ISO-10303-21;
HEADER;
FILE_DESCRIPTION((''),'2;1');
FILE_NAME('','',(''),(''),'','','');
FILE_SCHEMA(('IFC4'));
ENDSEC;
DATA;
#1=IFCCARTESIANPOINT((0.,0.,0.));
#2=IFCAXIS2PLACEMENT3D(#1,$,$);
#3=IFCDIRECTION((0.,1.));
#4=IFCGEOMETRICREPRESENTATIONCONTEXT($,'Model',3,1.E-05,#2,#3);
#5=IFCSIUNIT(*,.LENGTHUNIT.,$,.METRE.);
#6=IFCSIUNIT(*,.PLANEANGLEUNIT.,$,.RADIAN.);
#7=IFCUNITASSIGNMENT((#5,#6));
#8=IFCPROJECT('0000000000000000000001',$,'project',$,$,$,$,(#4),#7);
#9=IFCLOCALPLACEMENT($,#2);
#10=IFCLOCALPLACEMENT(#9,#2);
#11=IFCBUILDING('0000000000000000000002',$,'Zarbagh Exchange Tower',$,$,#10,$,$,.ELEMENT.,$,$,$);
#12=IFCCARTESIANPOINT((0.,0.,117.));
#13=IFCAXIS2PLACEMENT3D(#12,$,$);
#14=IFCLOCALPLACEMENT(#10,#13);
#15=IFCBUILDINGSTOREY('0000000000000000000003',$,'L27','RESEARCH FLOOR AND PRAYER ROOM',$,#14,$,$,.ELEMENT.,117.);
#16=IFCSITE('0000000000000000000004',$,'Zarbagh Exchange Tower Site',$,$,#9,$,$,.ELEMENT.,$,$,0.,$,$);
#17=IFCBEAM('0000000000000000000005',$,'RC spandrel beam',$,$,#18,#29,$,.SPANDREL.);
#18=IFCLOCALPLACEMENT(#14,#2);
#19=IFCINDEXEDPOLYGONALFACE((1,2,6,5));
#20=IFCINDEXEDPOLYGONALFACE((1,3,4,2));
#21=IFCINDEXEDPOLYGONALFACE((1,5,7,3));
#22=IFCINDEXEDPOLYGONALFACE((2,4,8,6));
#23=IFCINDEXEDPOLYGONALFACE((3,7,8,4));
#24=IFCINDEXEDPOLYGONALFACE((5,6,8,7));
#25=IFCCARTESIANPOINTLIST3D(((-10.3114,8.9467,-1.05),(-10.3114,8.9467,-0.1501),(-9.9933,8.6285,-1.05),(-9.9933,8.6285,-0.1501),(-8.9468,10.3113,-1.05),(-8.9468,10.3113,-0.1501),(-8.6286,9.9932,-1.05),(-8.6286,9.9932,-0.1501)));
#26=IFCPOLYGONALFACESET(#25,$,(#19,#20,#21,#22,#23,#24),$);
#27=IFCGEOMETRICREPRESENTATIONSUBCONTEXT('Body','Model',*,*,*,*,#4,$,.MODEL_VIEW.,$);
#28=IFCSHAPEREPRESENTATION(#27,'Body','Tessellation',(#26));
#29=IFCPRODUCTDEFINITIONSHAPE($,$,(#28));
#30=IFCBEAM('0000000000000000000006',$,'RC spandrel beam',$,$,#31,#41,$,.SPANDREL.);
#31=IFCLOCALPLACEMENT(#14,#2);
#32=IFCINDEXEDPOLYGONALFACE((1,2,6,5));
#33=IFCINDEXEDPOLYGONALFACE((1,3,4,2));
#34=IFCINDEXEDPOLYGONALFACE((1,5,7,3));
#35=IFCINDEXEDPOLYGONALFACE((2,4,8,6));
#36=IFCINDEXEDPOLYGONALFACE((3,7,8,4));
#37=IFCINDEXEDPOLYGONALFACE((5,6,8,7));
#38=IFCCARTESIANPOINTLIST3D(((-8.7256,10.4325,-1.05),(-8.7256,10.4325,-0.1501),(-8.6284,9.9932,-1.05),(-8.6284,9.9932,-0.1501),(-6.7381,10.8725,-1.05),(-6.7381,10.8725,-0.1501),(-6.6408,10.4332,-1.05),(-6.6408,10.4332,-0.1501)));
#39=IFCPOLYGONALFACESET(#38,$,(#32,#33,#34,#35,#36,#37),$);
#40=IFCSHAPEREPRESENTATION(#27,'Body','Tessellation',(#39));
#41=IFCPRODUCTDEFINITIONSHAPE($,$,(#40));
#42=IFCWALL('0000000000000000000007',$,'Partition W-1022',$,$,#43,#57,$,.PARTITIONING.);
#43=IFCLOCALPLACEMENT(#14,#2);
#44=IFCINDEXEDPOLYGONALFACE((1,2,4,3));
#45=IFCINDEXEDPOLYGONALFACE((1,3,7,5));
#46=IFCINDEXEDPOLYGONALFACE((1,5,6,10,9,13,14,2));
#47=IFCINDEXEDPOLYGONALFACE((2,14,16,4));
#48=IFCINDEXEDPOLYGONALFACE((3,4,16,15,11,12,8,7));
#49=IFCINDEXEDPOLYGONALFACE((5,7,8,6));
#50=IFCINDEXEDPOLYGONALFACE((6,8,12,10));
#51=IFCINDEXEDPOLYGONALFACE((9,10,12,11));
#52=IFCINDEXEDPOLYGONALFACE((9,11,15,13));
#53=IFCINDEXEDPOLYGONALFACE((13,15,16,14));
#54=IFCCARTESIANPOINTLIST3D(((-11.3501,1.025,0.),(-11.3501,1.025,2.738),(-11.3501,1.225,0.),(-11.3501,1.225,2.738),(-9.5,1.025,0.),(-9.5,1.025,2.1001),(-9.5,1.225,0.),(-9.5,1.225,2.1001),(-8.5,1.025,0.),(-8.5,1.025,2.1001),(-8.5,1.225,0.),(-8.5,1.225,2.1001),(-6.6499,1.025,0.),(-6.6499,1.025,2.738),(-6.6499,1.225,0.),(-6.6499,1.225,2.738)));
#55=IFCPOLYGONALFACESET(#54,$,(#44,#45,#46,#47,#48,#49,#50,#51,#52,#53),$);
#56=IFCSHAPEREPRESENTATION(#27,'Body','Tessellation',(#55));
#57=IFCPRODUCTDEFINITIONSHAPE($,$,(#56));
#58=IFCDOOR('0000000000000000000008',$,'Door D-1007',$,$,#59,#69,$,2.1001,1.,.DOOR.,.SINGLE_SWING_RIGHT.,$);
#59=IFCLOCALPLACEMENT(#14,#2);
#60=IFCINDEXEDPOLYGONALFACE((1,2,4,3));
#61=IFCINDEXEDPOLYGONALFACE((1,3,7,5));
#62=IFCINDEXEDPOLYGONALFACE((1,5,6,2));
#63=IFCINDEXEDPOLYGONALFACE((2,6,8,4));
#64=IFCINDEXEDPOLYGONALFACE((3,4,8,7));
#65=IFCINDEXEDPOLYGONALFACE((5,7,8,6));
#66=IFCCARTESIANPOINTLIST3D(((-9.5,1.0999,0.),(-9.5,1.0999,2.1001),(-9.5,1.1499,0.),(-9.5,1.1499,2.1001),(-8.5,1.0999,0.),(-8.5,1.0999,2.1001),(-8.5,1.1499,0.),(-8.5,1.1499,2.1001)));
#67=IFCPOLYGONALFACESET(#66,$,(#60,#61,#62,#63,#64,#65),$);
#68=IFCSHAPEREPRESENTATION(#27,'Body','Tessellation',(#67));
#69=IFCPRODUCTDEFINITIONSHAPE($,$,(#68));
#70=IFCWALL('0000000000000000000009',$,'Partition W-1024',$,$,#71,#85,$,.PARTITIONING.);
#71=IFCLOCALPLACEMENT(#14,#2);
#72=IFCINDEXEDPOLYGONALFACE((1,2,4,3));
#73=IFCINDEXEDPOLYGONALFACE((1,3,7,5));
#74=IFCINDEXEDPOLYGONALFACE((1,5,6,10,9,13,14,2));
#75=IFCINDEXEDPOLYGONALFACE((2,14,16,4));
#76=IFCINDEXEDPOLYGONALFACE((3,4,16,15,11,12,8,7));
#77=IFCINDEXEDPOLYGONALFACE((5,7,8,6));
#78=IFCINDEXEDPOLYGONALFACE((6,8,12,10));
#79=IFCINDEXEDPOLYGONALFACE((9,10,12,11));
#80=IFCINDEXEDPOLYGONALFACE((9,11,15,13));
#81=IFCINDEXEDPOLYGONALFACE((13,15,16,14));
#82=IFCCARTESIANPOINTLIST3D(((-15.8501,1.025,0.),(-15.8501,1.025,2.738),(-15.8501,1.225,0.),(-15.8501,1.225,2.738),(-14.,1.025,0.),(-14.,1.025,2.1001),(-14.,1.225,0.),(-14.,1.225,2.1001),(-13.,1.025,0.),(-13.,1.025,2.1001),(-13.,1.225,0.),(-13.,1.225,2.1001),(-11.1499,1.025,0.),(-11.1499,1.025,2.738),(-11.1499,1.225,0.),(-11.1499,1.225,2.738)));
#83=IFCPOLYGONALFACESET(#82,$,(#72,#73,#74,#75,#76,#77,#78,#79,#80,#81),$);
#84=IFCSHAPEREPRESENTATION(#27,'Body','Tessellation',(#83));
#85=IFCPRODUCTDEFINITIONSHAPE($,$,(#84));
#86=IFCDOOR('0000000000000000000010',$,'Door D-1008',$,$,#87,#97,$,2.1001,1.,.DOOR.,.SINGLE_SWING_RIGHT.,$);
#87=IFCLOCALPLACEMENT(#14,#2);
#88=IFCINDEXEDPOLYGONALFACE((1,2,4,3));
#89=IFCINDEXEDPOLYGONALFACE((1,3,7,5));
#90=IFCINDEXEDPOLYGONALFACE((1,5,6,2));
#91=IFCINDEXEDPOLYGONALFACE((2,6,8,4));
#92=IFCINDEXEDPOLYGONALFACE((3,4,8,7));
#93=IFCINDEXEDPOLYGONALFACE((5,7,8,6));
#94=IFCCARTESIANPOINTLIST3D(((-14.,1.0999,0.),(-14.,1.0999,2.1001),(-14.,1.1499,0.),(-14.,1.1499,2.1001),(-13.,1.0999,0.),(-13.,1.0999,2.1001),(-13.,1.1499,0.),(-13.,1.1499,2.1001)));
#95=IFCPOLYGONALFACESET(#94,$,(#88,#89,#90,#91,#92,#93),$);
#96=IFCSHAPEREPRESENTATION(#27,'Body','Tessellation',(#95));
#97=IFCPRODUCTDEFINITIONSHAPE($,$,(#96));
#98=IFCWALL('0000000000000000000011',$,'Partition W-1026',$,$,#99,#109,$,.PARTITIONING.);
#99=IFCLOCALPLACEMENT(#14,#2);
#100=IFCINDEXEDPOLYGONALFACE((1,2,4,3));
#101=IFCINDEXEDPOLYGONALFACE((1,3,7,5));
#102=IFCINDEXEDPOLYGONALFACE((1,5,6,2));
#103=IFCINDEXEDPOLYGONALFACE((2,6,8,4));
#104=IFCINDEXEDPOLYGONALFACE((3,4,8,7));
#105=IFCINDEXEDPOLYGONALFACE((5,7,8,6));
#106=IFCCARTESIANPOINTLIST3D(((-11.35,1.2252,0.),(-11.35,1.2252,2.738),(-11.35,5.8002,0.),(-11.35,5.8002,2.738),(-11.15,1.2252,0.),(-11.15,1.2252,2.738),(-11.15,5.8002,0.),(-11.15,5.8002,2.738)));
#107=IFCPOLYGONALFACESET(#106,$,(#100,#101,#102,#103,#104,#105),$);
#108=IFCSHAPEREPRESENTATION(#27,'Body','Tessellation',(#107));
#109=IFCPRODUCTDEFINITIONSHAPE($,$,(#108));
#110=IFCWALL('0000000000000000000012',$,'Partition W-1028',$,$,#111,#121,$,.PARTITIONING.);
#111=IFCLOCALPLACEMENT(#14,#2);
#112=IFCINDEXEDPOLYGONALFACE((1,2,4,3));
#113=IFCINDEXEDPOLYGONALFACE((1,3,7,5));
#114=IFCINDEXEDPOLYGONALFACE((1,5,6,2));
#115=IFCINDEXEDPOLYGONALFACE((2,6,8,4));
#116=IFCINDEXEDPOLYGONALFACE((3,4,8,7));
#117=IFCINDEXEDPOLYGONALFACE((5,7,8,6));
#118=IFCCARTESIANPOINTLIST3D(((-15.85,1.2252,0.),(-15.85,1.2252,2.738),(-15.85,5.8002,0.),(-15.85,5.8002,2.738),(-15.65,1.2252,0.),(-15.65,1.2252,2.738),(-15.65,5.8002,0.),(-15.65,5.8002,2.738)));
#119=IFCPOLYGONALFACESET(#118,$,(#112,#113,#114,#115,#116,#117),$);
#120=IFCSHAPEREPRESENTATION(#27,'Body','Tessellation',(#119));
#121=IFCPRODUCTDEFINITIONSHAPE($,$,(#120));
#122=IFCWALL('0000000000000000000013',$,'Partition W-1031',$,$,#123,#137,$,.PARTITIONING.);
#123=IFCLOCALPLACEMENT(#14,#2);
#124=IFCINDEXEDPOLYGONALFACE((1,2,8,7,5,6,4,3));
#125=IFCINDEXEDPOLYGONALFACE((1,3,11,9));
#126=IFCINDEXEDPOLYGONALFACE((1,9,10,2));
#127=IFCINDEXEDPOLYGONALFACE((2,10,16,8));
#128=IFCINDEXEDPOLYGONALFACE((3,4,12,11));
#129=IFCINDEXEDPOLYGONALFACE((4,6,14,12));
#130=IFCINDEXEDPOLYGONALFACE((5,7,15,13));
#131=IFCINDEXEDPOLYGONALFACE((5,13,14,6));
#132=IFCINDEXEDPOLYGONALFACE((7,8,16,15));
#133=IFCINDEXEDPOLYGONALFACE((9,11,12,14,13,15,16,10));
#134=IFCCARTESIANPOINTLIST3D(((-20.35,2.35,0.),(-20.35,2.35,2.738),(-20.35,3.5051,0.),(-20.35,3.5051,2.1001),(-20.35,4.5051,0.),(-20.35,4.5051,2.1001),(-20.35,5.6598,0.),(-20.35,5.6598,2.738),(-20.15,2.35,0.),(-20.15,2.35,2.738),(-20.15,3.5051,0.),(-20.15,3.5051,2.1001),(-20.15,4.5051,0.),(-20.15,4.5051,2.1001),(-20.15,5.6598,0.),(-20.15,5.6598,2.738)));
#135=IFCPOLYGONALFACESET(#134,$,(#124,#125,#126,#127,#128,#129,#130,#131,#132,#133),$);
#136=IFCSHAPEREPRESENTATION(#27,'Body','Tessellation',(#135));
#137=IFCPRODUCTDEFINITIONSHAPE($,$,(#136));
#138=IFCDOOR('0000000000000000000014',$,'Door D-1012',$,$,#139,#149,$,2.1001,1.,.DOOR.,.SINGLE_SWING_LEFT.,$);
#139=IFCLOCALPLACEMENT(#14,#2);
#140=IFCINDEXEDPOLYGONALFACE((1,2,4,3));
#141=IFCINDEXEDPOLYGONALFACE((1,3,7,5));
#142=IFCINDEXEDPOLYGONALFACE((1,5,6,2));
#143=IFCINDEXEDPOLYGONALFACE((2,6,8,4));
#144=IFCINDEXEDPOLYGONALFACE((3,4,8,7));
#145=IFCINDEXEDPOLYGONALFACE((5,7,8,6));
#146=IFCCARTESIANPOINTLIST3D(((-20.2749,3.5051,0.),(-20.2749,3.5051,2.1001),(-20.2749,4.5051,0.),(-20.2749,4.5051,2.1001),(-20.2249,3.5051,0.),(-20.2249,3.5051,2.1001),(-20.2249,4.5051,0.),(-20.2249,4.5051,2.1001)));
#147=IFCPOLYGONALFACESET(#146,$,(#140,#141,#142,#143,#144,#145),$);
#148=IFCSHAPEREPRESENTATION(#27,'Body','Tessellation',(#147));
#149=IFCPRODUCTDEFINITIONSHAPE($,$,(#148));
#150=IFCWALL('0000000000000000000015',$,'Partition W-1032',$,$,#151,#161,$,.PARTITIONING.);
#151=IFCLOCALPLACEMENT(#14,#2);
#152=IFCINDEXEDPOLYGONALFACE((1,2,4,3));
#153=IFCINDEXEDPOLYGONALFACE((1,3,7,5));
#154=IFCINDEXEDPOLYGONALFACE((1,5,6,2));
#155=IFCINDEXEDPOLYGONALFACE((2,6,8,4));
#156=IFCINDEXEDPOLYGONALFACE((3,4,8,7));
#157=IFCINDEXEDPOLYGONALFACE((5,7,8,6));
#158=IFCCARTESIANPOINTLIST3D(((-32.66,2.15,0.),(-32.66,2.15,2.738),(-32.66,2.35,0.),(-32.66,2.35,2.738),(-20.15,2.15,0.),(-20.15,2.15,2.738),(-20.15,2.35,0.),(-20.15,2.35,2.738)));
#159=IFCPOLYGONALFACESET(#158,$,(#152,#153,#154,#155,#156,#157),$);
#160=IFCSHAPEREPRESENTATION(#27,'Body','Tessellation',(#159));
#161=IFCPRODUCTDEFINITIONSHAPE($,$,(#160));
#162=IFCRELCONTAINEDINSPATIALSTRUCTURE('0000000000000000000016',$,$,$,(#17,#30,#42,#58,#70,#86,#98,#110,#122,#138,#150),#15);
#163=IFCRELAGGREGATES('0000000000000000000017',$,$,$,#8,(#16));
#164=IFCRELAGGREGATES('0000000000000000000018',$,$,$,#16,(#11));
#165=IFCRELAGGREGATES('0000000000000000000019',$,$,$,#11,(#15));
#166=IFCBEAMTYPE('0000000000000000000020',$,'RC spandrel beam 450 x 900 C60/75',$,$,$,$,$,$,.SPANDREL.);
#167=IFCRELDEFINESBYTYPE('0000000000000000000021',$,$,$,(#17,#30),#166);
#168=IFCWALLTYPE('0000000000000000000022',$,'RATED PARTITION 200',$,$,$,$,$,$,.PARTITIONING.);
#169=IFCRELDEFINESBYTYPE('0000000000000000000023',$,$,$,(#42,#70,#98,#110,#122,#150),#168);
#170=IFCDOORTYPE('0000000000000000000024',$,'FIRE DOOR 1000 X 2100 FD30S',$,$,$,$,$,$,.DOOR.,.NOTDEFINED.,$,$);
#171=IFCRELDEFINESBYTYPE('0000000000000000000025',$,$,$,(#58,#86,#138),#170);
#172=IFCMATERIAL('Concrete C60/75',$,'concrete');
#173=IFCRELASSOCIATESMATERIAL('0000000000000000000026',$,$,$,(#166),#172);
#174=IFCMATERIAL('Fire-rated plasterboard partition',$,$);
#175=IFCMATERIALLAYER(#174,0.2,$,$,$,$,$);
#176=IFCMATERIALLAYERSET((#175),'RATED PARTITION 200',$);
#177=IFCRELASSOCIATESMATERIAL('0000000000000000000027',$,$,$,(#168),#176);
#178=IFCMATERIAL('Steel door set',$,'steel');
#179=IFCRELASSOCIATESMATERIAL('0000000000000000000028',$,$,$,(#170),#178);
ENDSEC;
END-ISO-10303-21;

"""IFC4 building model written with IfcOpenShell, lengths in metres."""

from ifc_helpers import new_model, si_unit, direction, frame, frame_2d, origin, origin_2d, place, context, subcontext, project, spatial, rectangle, extrude, material, layer, layer_set, material_profile, profile_set, type_object, element, fill, save


model = new_model("IFC4")

# Units and contexts
model_context = context("Model", 3, precision=1e-05, world=origin(), true_north=direction((0.0, 1.0)))
body_context = subcontext(model_context, "Body", "Model", "MODEL_VIEW")
ifc_project = project(units=[si_unit("LENGTHUNIT", "METRE"), si_unit("PLANEANGLEUNIT", "RADIAN")], contexts=[model_context])

# Site, building, storey
site_placement = place(None, origin())
site = spatial("IfcSite", under=ifc_project, at=site_placement, Name="Zarbagh Exchange Tower Site", CompositionType="ELEMENT", RefElevation=0.0)
building_placement = place(site_placement, origin())
building = spatial("IfcBuilding", under=site, at=building_placement, Name="Zarbagh Exchange Tower", CompositionType="ELEMENT")
storey_placement = place(building_placement, frame((0.0, 0.0, 117.0)))
storey = spatial("IfcBuildingStorey", under=building, at=storey_placement, Name="L27", Description="RESEARCH FLOOR AND PRAYER ROOM", CompositionType="ELEMENT", Elevation=117.0)

# Shared definitions
ifc_material_1 = material(Name="Concrete C60/75", Category="concrete")

# Beams
ifc_material_profile_1 = material_profile(ifc_material_1, rectangle(XDim=0.45, YDim=0.8999, at=origin_2d()), Name="RC spandrel beam 450 x 900 C60/75")
ifc_profile_set_1 = profile_set([ifc_material_profile_1], Name="Concrete C60/75")
beam_type_1 = type_object("IfcBeamType", Name="RC spandrel beam 450 x 900 C60/75", PredefinedType="SPANDREL", material=ifc_profile_set_1)
beam_1_placement = place(storey_placement, frame((-10.1523, 8.7876, -0.6001), z_axis=(0.707107, 0.707107, 0.0), x_axis=(-0.707107, 0.707107, 0.0)))
element("IfcBeam", 1, at=beam_1_placement, inside=storey, type_object=beam_type_1, Name="RC spandrel beam", PredefinedType="SPANDREL", context=body_context, shape_type="SweptSolid", body=[
    extrude(rectangle(XDim=0.45, YDim=0.8999, at=origin_2d()), origin(), (0.0, 0.0, 1.0), 1.9299),
])
beam_2_placement = place(storey_placement, frame((-8.677, 10.2129, -0.6001), z_axis=(0.976367, 0.216118, 0.0), x_axis=(-0.216118, 0.976367, 0.0)))
element("IfcBeam", 2, at=beam_2_placement, inside=storey, type_object=beam_type_1, Name="RC spandrel beam", PredefinedType="SPANDREL", context=body_context, shape_type="SweptSolid", body=[
    extrude(rectangle(XDim=0.45, YDim=0.8999, at=origin_2d()), origin(), (0.0, 0.0, 1.0), 2.0356),
])

# Walls, openings, doors
ifc_material_2 = material(Name="Fire-rated plasterboard partition")
ifc_layer = layer(ifc_material_2, 0.2)
ifc_layer_set = layer_set([ifc_layer], Name="RATED PARTITION 200")
wall_type = type_object("IfcWallType", Name="RATED PARTITION 200", PredefinedType="PARTITIONING", material=ifc_layer_set)
wall_1_placement = place(storey_placement, frame((-11.3501, 1.125, 0.0), z_axis=(0.0, 0.0, 1.0), x_axis=(1.0, 0.0, 0.0)))
wall_1 = element("IfcWall", 3, at=wall_1_placement, inside=storey, type_object=wall_type, Name="Partition W-1022", PredefinedType="PARTITIONING", context=body_context, shape_type="SweptSolid", body=[
    extrude(rectangle(XDim=4.7002, YDim=0.2, at=frame_2d((2.3501, 0.0))), origin(), (0.0, 0.0, 1.0), 2.738),
])
opening_1_placement = place(wall_1_placement, frame((1.8501, 0.0, 0.0)))
opening_1 = element("IfcOpeningElement", 4, at=opening_1_placement, cuts=wall_1, PredefinedType="OPENING", context=body_context, shape_type="SweptSolid", body=[
    extrude(rectangle(XDim=1.0, YDim=2.1001, at=frame_2d((0.5, 1.05))), frame((0.0, 0.1099, 0.0), z_axis=(0.0, -1.0, 0.0), x_axis=(1.0, 0.0, 0.0)), (0.0, 0.0, 1.0), 0.22),
])
ifc_material_3 = material(Name="Steel door set", Category="steel")
door_type = type_object("IfcDoorType", Name="FIRE DOOR 1000 X 2100 FD30S", OperationType="NOTDEFINED", PredefinedType="DOOR", material=ifc_material_3)
door_1_placement = place(opening_1_placement, origin())
door_1 = element("IfcDoor", 5, at=door_1_placement, inside=storey, type_object=door_type, Name="Door D-1007", OperationType="SINGLE_SWING_RIGHT", OverallHeight=2.1001, OverallWidth=1.0, PredefinedType="DOOR", context=body_context, shape_type="SweptSolid", body=[
    extrude(rectangle(XDim=1.0, YDim=2.1001, at=frame_2d((0.5, 1.05))), frame((0.0, 0.0249, 0.0), z_axis=(0.0, -1.0, 0.0), x_axis=(1.0, 0.0, 0.0)), (0.0, 0.0, 1.0), 0.05),
])
fill(opening_1, door_1)
wall_2_placement = place(storey_placement, frame((-15.8501, 1.125, 0.0), z_axis=(0.0, 0.0, 1.0), x_axis=(1.0, 0.0, 0.0)))
wall_2 = element("IfcWall", 6, at=wall_2_placement, inside=storey, type_object=wall_type, Name="Partition W-1024", PredefinedType="PARTITIONING", context=body_context, shape_type="SweptSolid", body=[
    extrude(rectangle(XDim=4.7002, YDim=0.2, at=frame_2d((2.3501, 0.0))), origin(), (0.0, 0.0, 1.0), 2.738),
])
opening_2_placement = place(wall_2_placement, frame((1.8501, 0.0, 0.0)))
opening_2 = element("IfcOpeningElement", 7, at=opening_2_placement, cuts=wall_2, PredefinedType="OPENING", context=body_context, shape_type="SweptSolid", body=[
    extrude(rectangle(XDim=1.0, YDim=2.1001, at=frame_2d((0.5, 1.05))), frame((0.0, 0.1099, 0.0), z_axis=(0.0, -1.0, 0.0), x_axis=(1.0, 0.0, 0.0)), (0.0, 0.0, 1.0), 0.22),
])
door_2_placement = place(opening_2_placement, origin())
door_2 = element("IfcDoor", 8, at=door_2_placement, inside=storey, type_object=door_type, Name="Door D-1008", OperationType="SINGLE_SWING_RIGHT", OverallHeight=2.1001, OverallWidth=1.0, PredefinedType="DOOR", context=body_context, shape_type="SweptSolid", body=[
    extrude(rectangle(XDim=1.0, YDim=2.1001, at=frame_2d((0.5, 1.05))), frame((0.0, 0.0249, 0.0), z_axis=(0.0, -1.0, 0.0), x_axis=(1.0, 0.0, 0.0)), (0.0, 0.0, 1.0), 0.05),
])
fill(opening_2, door_2)

# Walls
for number, where, z_axis, x_axis, name in (
    (9, (-11.25, 1.2251, 0.0), (0.0, 0.0, 1.0), (0.0, 1.0, 0.0), "Partition W-1026"),
    (10, (-15.75, 1.2251, 0.0), (0.0, 0.0, 1.0), (0.0, 1.0, 0.0), "Partition W-1028"),
):
    element("IfcWall", number, at=place(storey_placement, frame(where, z_axis=z_axis, x_axis=x_axis)), inside=storey, type_object=wall_type, Name=name, PredefinedType="PARTITIONING", context=body_context, shape_type="SweptSolid", body=[
        extrude(rectangle(XDim=4.575, YDim=0.2, at=frame_2d((2.2876, 0.0))), origin(), (0.0, 0.0, 1.0), 2.738),
    ])

# Wall, opening, door
wall_3_placement = place(storey_placement, frame((-20.25, 2.3501, 0.0), z_axis=(0.0, 0.0, 1.0), x_axis=(0.0, 1.0, 0.0)))
wall_3 = element("IfcWall", 11, at=wall_3_placement, inside=storey, type_object=wall_type, Name="Partition W-1031", PredefinedType="PARTITIONING", context=body_context, shape_type="SweptSolid", body=[
    extrude(rectangle(XDim=3.3098, YDim=0.2, at=frame_2d((1.6548, 0.0))), origin(), (0.0, 0.0, 1.0), 2.738),
])
opening_3_placement = place(wall_3_placement, frame((1.155, 0.0, 0.0)))
opening_3 = element("IfcOpeningElement", 12, at=opening_3_placement, cuts=wall_3, PredefinedType="OPENING", context=body_context, shape_type="SweptSolid", body=[
    extrude(rectangle(XDim=1.0, YDim=2.1001, at=frame_2d((0.5, 1.05))), frame((0.0, 0.1099, 0.0), z_axis=(0.0, -1.0, 0.0), x_axis=(1.0, 0.0, 0.0)), (0.0, 0.0, 1.0), 0.22),
])
door_3_placement = place(opening_3_placement, origin())
door_3 = element("IfcDoor", 13, at=door_3_placement, inside=storey, type_object=door_type, Name="Door D-1012", OperationType="SINGLE_SWING_LEFT", OverallHeight=2.1001, OverallWidth=1.0, PredefinedType="DOOR", context=body_context, shape_type="SweptSolid", body=[
    extrude(rectangle(XDim=1.0, YDim=2.1001, at=frame_2d((0.5, 1.05))), frame((0.0, 0.0249, 0.0), z_axis=(0.0, -1.0, 0.0), x_axis=(1.0, 0.0, 0.0)), (0.0, 0.0, 1.0), 0.05),
])
fill(opening_3, door_3)

# Wall
wall_4_placement = place(storey_placement, frame((-32.6599, 2.25, 0.0), z_axis=(0.0, 0.0, 1.0), x_axis=(1.0, 0.0, 0.0)))
element("IfcWall", 14, at=wall_4_placement, inside=storey, type_object=wall_type, Name="Partition W-1032", PredefinedType="PARTITIONING", context=body_context, shape_type="SweptSolid", body=[
    extrude(rectangle(XDim=12.51, YDim=0.2, at=frame_2d((6.2549, 0.0))), origin(), (0.0, 0.0, 1.0), 2.738),
])

save(model, "model.ifc")
